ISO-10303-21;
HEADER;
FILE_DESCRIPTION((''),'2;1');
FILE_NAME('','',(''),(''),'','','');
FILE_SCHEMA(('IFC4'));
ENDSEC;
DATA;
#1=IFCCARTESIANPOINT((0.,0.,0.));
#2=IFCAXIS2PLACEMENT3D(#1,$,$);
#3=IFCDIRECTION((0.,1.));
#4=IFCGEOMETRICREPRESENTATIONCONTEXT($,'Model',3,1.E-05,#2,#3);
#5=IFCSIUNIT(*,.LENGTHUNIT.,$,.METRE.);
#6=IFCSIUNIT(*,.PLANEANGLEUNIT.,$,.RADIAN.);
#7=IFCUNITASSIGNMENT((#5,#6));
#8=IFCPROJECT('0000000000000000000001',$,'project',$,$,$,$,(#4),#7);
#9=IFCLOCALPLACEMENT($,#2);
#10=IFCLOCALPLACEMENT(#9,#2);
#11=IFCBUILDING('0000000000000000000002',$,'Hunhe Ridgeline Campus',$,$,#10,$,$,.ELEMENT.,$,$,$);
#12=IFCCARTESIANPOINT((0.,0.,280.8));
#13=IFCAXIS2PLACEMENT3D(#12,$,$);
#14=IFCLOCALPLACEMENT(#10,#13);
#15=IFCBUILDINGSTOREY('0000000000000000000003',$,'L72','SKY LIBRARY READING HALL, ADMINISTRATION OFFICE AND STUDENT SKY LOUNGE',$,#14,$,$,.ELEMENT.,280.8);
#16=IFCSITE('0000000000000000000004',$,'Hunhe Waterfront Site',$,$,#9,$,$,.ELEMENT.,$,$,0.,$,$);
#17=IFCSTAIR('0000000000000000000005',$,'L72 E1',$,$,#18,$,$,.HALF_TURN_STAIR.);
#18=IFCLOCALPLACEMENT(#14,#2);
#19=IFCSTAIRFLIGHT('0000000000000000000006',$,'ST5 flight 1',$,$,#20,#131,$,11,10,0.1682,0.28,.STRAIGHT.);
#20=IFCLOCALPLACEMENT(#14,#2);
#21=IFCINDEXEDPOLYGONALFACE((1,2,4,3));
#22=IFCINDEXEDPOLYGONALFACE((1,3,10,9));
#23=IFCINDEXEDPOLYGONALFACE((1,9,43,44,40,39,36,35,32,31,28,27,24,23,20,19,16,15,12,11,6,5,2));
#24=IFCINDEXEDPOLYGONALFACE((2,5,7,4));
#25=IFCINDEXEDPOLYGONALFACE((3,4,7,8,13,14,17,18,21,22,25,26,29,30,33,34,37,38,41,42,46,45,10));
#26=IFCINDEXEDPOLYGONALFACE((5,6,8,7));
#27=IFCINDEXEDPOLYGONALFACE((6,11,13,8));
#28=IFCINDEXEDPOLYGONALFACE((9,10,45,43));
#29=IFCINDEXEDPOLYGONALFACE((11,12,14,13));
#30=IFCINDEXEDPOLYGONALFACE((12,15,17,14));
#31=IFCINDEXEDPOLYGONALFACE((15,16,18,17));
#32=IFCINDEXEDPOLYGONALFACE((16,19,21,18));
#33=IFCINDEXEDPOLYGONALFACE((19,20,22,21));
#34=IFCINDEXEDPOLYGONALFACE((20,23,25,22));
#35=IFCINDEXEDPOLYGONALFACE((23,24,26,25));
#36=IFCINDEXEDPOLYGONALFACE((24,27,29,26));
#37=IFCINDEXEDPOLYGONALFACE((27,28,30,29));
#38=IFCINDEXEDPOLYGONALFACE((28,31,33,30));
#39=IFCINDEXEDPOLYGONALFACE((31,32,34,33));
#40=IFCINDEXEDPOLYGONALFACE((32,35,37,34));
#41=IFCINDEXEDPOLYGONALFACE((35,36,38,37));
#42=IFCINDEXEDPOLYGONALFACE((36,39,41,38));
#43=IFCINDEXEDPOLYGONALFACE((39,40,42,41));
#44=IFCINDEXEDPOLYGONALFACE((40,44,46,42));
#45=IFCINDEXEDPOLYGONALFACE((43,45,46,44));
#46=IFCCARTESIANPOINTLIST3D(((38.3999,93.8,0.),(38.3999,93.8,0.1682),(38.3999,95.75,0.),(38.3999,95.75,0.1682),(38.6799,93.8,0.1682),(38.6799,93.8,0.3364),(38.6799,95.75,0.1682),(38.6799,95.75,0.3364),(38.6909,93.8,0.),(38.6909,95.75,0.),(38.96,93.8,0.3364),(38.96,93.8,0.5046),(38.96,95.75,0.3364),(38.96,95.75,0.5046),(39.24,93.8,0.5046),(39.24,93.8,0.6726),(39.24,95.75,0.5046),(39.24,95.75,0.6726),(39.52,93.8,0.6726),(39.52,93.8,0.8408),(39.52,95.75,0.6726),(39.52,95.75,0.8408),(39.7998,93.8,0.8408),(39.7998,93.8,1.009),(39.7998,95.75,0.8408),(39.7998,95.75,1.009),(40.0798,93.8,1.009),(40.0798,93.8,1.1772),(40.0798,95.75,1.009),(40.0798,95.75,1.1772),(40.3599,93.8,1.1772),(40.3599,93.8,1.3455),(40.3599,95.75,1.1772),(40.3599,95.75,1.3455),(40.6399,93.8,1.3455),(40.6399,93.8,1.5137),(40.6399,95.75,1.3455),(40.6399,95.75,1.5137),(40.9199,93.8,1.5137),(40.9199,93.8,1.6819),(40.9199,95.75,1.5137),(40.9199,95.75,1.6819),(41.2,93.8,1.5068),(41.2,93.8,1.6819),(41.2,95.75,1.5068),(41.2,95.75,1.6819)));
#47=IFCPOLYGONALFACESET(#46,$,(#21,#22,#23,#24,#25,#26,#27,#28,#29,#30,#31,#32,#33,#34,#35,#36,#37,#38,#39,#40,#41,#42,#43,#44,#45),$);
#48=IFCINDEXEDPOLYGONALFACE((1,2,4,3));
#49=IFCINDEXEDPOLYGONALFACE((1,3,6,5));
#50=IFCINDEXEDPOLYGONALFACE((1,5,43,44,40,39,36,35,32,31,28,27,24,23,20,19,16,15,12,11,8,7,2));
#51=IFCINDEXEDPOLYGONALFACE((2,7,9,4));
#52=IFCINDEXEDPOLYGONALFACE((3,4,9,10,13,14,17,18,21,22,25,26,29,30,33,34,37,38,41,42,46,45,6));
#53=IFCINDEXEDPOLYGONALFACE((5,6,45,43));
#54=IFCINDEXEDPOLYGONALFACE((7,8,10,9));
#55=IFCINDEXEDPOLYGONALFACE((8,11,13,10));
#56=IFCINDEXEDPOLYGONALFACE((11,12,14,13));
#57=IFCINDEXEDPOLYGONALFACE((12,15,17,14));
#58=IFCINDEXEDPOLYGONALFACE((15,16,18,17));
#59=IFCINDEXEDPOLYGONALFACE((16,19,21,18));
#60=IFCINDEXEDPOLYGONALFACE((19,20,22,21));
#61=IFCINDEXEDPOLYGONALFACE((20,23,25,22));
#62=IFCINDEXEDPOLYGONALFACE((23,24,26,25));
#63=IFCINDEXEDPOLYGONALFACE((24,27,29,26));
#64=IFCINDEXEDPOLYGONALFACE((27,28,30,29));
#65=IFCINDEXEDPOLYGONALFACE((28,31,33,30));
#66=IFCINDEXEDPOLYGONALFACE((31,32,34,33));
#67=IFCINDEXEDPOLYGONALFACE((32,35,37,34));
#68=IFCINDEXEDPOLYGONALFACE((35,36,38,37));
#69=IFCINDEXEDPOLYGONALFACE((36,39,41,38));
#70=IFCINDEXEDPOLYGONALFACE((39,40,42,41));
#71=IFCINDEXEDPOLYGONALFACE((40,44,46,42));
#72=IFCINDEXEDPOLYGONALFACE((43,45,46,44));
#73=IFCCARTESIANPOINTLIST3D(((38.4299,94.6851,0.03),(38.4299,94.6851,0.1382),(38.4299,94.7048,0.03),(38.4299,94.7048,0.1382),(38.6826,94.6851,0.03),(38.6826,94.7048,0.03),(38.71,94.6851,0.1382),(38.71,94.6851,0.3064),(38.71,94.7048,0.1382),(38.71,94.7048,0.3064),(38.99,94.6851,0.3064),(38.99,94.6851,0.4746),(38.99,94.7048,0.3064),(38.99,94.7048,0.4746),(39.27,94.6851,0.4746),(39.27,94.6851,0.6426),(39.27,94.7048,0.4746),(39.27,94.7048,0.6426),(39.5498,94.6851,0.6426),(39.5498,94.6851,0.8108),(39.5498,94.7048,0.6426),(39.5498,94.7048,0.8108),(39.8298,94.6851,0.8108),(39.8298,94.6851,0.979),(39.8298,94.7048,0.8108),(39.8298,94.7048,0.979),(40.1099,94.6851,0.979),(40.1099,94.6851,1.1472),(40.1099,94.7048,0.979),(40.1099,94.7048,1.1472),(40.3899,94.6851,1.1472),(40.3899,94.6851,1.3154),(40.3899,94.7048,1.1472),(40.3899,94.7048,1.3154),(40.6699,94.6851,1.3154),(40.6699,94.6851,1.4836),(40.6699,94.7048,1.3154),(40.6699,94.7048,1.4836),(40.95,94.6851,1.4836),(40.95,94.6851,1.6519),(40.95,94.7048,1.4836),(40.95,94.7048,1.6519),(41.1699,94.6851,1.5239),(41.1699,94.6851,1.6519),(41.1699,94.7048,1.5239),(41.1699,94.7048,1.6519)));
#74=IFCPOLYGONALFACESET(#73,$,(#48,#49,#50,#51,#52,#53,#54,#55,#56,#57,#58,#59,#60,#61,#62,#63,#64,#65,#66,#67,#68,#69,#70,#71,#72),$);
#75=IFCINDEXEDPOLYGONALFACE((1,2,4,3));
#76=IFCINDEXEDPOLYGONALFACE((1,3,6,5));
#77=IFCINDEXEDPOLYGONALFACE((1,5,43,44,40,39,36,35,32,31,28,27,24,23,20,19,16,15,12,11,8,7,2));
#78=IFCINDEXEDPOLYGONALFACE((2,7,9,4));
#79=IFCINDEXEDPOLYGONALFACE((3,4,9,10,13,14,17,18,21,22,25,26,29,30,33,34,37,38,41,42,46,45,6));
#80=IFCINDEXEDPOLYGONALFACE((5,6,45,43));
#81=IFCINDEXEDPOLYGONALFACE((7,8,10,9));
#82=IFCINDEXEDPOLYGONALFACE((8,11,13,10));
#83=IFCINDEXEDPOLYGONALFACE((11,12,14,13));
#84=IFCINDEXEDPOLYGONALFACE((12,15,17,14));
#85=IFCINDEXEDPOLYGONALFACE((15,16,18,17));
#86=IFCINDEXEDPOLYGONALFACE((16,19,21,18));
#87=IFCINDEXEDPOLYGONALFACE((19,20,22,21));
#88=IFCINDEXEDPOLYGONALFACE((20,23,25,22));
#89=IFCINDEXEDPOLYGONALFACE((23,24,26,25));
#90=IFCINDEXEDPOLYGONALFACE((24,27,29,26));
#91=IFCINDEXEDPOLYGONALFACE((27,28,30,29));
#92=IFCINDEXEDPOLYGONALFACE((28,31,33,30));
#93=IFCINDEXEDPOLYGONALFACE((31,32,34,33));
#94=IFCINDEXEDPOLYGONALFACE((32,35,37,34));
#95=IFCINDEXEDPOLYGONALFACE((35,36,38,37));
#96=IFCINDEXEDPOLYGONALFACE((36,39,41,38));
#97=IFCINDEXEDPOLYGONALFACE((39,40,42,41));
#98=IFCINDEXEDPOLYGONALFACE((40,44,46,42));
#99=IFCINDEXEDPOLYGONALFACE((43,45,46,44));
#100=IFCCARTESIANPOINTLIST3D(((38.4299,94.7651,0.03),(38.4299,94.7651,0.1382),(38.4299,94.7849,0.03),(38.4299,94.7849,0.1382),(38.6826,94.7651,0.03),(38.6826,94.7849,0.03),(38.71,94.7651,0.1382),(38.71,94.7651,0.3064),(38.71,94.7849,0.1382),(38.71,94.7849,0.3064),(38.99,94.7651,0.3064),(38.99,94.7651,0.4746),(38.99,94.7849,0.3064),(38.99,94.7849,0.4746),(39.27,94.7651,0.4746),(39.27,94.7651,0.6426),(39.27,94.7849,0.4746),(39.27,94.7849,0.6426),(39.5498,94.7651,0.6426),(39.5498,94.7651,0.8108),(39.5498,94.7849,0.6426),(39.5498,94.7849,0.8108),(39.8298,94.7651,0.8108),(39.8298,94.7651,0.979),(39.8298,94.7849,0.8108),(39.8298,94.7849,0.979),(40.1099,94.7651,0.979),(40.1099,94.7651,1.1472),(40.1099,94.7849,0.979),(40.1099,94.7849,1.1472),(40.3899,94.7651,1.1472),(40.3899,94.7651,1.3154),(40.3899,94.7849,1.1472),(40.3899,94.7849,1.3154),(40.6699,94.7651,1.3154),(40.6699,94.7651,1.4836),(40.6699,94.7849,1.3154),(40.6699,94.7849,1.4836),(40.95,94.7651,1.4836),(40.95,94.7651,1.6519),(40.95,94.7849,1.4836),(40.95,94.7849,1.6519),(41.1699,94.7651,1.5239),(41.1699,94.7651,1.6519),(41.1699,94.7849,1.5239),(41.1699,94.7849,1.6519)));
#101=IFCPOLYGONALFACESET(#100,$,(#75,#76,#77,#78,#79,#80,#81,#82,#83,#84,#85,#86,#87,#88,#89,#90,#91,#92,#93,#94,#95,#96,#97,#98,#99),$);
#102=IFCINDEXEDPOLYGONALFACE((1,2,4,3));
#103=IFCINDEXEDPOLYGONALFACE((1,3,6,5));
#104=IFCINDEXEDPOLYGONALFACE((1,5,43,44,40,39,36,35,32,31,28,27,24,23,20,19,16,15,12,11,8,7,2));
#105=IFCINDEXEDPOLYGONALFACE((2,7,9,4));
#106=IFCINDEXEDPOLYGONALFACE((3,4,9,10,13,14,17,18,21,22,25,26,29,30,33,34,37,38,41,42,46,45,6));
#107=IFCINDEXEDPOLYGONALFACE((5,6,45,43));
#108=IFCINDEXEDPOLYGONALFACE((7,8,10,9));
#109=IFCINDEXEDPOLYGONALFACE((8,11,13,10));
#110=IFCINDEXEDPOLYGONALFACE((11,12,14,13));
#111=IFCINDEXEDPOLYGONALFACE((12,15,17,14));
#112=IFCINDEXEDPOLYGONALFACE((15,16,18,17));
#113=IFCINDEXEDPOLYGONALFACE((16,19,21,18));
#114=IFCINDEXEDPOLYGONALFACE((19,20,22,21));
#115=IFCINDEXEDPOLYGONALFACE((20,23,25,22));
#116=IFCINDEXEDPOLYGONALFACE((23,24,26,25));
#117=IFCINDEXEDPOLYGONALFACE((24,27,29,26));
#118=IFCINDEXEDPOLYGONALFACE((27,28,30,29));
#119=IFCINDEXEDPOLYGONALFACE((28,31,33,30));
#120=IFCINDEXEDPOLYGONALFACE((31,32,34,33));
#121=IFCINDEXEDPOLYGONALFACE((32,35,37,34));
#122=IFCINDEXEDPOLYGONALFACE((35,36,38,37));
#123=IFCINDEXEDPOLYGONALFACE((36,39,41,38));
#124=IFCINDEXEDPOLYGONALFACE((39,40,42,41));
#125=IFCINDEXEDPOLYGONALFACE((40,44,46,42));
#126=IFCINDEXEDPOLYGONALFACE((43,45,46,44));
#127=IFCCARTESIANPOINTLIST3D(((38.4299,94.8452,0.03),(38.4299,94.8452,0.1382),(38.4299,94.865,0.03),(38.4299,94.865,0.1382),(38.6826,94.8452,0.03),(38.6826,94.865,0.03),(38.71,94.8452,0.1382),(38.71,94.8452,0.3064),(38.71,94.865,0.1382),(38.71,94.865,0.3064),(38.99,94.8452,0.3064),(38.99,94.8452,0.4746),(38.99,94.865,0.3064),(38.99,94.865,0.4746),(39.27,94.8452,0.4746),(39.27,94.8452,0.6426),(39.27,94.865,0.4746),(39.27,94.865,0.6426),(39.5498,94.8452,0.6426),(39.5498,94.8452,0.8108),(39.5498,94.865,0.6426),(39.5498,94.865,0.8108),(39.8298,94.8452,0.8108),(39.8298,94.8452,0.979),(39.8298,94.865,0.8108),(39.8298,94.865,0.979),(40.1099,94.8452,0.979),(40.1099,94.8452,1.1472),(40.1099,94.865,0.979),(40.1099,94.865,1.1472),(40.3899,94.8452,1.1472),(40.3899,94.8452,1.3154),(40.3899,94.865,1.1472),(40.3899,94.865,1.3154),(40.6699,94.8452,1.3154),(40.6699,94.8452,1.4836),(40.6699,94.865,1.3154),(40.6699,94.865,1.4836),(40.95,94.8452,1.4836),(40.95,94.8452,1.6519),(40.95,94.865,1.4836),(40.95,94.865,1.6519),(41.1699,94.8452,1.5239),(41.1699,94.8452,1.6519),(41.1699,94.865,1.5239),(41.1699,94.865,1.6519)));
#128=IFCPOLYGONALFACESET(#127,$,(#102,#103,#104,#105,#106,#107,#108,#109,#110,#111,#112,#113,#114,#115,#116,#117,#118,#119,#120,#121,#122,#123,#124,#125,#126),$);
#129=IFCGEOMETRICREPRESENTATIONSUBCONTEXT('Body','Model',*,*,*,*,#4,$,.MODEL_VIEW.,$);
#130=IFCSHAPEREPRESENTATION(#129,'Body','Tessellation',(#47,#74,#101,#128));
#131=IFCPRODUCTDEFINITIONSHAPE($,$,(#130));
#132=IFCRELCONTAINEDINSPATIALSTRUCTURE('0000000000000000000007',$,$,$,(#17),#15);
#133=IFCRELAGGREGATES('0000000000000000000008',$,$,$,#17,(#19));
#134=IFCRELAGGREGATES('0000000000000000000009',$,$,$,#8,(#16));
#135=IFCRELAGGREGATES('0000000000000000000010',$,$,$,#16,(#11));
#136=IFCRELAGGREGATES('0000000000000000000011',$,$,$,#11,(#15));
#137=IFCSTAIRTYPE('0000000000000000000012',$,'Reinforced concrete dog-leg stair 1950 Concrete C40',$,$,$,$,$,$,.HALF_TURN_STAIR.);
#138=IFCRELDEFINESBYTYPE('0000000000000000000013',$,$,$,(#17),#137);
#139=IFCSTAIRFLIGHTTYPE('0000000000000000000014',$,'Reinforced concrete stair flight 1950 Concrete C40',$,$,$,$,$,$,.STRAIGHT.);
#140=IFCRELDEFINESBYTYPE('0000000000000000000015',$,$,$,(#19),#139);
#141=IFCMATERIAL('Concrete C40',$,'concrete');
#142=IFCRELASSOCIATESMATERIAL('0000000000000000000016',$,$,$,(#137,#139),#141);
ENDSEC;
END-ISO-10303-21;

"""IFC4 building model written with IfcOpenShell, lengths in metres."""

from ifc_helpers import new_model, si_unit, direction, frame, origin, place, context, subcontext, project, spatial, polyline, outline, extrude, material, type_object, element, aggregate, save


model = new_model("IFC4")

# Units and contexts
model_context = context("Model", 3, precision=1e-05, world=origin(), true_north=direction((0.0, 1.0)))
body_context = subcontext(model_context, "Body", "Model", "MODEL_VIEW")
ifc_project = project(units=[si_unit("LENGTHUNIT", "METRE"), si_unit("PLANEANGLEUNIT", "RADIAN")], contexts=[model_context])

# Site, building, storey
site_placement = place(None, origin())
site = spatial("IfcSite", under=ifc_project, at=site_placement, Name="Hunhe Waterfront Site", CompositionType="ELEMENT", RefElevation=0.0)
building_placement = place(site_placement, origin())
building = spatial("IfcBuilding", under=site, at=building_placement, Name="Hunhe Ridgeline Campus", CompositionType="ELEMENT")
storey_placement = place(building_placement, frame((0.0, 0.0, 280.8)))
storey = spatial("IfcBuildingStorey", under=building, at=storey_placement, Name="L72", Description="SKY LIBRARY READING HALL, ADMINISTRATION OFFICE AND STUDENT SKY LOUNGE", CompositionType="ELEMENT", Elevation=280.8)

# Stair, stair flight
ifc_material_1 = material(Name="Concrete C40", Category="concrete")
stair_type = type_object("IfcStairType", Name="Reinforced concrete dog-leg stair 1950 Concrete C40", PredefinedType="HALF_TURN_STAIR", material=ifc_material_1)
stair_placement = place(storey_placement, origin())
stair = element("IfcStair", 1, at=stair_placement, inside=storey, type_object=stair_type, Name="L72 E1", PredefinedType="HALF_TURN_STAIR")
stair_flight_type = type_object("IfcStairFlightType", Name="Reinforced concrete stair flight 1950 Concrete C40", PredefinedType="STRAIGHT", material=ifc_material_1)
stair_flight_1_placement = place(storey_placement, frame((38.3999, 94.7749, 0.0), z_axis=(0.0, 0.0, 1.0), x_axis=(1.0, 0.0, 0.0)))
stair_flight_1 = element("IfcStairFlight", 2, at=stair_flight_1_placement, type_object=stair_flight_type, Name="ST5 flight 1", NumberOfRisers=11, NumberOfTreads=10, PredefinedType="STRAIGHT", RiserHeight=0.1682, TreadLength=0.28, context=body_context, shape_type="SweptSolid", body=[
    extrude(outline(polyline([(0.0, 0.0), (0.0, 0.1682), (0.28, 0.1682), (0.28, 0.3364), (0.5601, 0.3364), (0.5601, 0.5046), (0.8401, 0.5046), (0.8401, 0.6726), (1.1201, 0.6726), (1.1201, 0.8408), (1.3999, 0.8408), (1.3999, 1.009), (1.6799, 1.009), (1.6799, 1.1772), (1.96, 1.1772), (1.96, 1.3455), (2.24, 1.3455), (2.24, 1.5137), (2.52, 1.5137), (2.52, 1.6819), (2.8, 1.6819), (2.8, 1.8501), (2.8, 1.5068), (0.291, 0.0), (0.0, 0.0)])), frame((0.0, 0.9751, 0.0), z_axis=(0.0, -1.0, 0.0), x_axis=(1.0, 0.0, 0.0)), (0.0, 0.0, 1.0), 1.95),
    extrude(outline(polyline([(0.03, 0.03), (0.03, 0.1382), (0.3101, 0.1382), (0.3101, 0.3064), (0.5901, 0.3064), (0.5901, 0.4746), (0.8701, 0.4746), (0.8701, 0.6426), (1.1499, 0.6426), (1.1499, 0.8108), (1.4299, 0.8108), (1.4299, 0.979), (1.71, 0.979), (1.71, 1.1472), (1.99, 1.1472), (1.99, 1.3154), (2.27, 1.3154), (2.27, 1.4836), (2.55, 1.4836), (2.55, 1.6519), (2.77, 1.6519), (2.77, 1.5239), (0.2827, 0.03), (0.03, 0.03)])), frame((0.0, -0.0701, 0.0), z_axis=(0.0, -1.0, 0.0), x_axis=(1.0, 0.0, 0.0)), (0.0, 0.0, 1.0), 0.0198),
    extrude(outline(polyline([(0.03, 0.03), (0.03, 0.1382), (0.3101, 0.1382), (0.3101, 0.3064), (0.5901, 0.3064), (0.5901, 0.4746), (0.8701, 0.4746), (0.8701, 0.6426), (1.1499, 0.6426), (1.1499, 0.8108), (1.4299, 0.8108), (1.4299, 0.979), (1.71, 0.979), (1.71, 1.1472), (1.99, 1.1472), (1.99, 1.3154), (2.27, 1.3154), (2.27, 1.4836), (2.55, 1.4836), (2.55, 1.6519), (2.77, 1.6519), (2.77, 1.5239), (0.2827, 0.03), (0.03, 0.03)])), frame((0.0, 0.01, 0.0), z_axis=(0.0, -1.0, 0.0), x_axis=(1.0, 0.0, 0.0)), (0.0, 0.0, 1.0), 0.0198),
    extrude(outline(polyline([(0.03, 0.03), (0.03, 0.1382), (0.3101, 0.1382), (0.3101, 0.3064), (0.5901, 0.3064), (0.5901, 0.4746), (0.8701, 0.4746), (0.8701, 0.6426), (1.1499, 0.6426), (1.1499, 0.8108), (1.4299, 0.8108), (1.4299, 0.979), (1.71, 0.979), (1.71, 1.1472), (1.99, 1.1472), (1.99, 1.3154), (2.27, 1.3154), (2.27, 1.4836), (2.55, 1.4836), (2.55, 1.6519), (2.77, 1.6519), (2.77, 1.5239), (0.2827, 0.03), (0.03, 0.03)])), frame((0.0, 0.0901, 0.0), z_axis=(0.0, -1.0, 0.0), x_axis=(1.0, 0.0, 0.0)), (0.0, 0.0, 1.0), 0.0198),
])
aggregate(stair, [stair_flight_1])

save(model, "model.ifc")
